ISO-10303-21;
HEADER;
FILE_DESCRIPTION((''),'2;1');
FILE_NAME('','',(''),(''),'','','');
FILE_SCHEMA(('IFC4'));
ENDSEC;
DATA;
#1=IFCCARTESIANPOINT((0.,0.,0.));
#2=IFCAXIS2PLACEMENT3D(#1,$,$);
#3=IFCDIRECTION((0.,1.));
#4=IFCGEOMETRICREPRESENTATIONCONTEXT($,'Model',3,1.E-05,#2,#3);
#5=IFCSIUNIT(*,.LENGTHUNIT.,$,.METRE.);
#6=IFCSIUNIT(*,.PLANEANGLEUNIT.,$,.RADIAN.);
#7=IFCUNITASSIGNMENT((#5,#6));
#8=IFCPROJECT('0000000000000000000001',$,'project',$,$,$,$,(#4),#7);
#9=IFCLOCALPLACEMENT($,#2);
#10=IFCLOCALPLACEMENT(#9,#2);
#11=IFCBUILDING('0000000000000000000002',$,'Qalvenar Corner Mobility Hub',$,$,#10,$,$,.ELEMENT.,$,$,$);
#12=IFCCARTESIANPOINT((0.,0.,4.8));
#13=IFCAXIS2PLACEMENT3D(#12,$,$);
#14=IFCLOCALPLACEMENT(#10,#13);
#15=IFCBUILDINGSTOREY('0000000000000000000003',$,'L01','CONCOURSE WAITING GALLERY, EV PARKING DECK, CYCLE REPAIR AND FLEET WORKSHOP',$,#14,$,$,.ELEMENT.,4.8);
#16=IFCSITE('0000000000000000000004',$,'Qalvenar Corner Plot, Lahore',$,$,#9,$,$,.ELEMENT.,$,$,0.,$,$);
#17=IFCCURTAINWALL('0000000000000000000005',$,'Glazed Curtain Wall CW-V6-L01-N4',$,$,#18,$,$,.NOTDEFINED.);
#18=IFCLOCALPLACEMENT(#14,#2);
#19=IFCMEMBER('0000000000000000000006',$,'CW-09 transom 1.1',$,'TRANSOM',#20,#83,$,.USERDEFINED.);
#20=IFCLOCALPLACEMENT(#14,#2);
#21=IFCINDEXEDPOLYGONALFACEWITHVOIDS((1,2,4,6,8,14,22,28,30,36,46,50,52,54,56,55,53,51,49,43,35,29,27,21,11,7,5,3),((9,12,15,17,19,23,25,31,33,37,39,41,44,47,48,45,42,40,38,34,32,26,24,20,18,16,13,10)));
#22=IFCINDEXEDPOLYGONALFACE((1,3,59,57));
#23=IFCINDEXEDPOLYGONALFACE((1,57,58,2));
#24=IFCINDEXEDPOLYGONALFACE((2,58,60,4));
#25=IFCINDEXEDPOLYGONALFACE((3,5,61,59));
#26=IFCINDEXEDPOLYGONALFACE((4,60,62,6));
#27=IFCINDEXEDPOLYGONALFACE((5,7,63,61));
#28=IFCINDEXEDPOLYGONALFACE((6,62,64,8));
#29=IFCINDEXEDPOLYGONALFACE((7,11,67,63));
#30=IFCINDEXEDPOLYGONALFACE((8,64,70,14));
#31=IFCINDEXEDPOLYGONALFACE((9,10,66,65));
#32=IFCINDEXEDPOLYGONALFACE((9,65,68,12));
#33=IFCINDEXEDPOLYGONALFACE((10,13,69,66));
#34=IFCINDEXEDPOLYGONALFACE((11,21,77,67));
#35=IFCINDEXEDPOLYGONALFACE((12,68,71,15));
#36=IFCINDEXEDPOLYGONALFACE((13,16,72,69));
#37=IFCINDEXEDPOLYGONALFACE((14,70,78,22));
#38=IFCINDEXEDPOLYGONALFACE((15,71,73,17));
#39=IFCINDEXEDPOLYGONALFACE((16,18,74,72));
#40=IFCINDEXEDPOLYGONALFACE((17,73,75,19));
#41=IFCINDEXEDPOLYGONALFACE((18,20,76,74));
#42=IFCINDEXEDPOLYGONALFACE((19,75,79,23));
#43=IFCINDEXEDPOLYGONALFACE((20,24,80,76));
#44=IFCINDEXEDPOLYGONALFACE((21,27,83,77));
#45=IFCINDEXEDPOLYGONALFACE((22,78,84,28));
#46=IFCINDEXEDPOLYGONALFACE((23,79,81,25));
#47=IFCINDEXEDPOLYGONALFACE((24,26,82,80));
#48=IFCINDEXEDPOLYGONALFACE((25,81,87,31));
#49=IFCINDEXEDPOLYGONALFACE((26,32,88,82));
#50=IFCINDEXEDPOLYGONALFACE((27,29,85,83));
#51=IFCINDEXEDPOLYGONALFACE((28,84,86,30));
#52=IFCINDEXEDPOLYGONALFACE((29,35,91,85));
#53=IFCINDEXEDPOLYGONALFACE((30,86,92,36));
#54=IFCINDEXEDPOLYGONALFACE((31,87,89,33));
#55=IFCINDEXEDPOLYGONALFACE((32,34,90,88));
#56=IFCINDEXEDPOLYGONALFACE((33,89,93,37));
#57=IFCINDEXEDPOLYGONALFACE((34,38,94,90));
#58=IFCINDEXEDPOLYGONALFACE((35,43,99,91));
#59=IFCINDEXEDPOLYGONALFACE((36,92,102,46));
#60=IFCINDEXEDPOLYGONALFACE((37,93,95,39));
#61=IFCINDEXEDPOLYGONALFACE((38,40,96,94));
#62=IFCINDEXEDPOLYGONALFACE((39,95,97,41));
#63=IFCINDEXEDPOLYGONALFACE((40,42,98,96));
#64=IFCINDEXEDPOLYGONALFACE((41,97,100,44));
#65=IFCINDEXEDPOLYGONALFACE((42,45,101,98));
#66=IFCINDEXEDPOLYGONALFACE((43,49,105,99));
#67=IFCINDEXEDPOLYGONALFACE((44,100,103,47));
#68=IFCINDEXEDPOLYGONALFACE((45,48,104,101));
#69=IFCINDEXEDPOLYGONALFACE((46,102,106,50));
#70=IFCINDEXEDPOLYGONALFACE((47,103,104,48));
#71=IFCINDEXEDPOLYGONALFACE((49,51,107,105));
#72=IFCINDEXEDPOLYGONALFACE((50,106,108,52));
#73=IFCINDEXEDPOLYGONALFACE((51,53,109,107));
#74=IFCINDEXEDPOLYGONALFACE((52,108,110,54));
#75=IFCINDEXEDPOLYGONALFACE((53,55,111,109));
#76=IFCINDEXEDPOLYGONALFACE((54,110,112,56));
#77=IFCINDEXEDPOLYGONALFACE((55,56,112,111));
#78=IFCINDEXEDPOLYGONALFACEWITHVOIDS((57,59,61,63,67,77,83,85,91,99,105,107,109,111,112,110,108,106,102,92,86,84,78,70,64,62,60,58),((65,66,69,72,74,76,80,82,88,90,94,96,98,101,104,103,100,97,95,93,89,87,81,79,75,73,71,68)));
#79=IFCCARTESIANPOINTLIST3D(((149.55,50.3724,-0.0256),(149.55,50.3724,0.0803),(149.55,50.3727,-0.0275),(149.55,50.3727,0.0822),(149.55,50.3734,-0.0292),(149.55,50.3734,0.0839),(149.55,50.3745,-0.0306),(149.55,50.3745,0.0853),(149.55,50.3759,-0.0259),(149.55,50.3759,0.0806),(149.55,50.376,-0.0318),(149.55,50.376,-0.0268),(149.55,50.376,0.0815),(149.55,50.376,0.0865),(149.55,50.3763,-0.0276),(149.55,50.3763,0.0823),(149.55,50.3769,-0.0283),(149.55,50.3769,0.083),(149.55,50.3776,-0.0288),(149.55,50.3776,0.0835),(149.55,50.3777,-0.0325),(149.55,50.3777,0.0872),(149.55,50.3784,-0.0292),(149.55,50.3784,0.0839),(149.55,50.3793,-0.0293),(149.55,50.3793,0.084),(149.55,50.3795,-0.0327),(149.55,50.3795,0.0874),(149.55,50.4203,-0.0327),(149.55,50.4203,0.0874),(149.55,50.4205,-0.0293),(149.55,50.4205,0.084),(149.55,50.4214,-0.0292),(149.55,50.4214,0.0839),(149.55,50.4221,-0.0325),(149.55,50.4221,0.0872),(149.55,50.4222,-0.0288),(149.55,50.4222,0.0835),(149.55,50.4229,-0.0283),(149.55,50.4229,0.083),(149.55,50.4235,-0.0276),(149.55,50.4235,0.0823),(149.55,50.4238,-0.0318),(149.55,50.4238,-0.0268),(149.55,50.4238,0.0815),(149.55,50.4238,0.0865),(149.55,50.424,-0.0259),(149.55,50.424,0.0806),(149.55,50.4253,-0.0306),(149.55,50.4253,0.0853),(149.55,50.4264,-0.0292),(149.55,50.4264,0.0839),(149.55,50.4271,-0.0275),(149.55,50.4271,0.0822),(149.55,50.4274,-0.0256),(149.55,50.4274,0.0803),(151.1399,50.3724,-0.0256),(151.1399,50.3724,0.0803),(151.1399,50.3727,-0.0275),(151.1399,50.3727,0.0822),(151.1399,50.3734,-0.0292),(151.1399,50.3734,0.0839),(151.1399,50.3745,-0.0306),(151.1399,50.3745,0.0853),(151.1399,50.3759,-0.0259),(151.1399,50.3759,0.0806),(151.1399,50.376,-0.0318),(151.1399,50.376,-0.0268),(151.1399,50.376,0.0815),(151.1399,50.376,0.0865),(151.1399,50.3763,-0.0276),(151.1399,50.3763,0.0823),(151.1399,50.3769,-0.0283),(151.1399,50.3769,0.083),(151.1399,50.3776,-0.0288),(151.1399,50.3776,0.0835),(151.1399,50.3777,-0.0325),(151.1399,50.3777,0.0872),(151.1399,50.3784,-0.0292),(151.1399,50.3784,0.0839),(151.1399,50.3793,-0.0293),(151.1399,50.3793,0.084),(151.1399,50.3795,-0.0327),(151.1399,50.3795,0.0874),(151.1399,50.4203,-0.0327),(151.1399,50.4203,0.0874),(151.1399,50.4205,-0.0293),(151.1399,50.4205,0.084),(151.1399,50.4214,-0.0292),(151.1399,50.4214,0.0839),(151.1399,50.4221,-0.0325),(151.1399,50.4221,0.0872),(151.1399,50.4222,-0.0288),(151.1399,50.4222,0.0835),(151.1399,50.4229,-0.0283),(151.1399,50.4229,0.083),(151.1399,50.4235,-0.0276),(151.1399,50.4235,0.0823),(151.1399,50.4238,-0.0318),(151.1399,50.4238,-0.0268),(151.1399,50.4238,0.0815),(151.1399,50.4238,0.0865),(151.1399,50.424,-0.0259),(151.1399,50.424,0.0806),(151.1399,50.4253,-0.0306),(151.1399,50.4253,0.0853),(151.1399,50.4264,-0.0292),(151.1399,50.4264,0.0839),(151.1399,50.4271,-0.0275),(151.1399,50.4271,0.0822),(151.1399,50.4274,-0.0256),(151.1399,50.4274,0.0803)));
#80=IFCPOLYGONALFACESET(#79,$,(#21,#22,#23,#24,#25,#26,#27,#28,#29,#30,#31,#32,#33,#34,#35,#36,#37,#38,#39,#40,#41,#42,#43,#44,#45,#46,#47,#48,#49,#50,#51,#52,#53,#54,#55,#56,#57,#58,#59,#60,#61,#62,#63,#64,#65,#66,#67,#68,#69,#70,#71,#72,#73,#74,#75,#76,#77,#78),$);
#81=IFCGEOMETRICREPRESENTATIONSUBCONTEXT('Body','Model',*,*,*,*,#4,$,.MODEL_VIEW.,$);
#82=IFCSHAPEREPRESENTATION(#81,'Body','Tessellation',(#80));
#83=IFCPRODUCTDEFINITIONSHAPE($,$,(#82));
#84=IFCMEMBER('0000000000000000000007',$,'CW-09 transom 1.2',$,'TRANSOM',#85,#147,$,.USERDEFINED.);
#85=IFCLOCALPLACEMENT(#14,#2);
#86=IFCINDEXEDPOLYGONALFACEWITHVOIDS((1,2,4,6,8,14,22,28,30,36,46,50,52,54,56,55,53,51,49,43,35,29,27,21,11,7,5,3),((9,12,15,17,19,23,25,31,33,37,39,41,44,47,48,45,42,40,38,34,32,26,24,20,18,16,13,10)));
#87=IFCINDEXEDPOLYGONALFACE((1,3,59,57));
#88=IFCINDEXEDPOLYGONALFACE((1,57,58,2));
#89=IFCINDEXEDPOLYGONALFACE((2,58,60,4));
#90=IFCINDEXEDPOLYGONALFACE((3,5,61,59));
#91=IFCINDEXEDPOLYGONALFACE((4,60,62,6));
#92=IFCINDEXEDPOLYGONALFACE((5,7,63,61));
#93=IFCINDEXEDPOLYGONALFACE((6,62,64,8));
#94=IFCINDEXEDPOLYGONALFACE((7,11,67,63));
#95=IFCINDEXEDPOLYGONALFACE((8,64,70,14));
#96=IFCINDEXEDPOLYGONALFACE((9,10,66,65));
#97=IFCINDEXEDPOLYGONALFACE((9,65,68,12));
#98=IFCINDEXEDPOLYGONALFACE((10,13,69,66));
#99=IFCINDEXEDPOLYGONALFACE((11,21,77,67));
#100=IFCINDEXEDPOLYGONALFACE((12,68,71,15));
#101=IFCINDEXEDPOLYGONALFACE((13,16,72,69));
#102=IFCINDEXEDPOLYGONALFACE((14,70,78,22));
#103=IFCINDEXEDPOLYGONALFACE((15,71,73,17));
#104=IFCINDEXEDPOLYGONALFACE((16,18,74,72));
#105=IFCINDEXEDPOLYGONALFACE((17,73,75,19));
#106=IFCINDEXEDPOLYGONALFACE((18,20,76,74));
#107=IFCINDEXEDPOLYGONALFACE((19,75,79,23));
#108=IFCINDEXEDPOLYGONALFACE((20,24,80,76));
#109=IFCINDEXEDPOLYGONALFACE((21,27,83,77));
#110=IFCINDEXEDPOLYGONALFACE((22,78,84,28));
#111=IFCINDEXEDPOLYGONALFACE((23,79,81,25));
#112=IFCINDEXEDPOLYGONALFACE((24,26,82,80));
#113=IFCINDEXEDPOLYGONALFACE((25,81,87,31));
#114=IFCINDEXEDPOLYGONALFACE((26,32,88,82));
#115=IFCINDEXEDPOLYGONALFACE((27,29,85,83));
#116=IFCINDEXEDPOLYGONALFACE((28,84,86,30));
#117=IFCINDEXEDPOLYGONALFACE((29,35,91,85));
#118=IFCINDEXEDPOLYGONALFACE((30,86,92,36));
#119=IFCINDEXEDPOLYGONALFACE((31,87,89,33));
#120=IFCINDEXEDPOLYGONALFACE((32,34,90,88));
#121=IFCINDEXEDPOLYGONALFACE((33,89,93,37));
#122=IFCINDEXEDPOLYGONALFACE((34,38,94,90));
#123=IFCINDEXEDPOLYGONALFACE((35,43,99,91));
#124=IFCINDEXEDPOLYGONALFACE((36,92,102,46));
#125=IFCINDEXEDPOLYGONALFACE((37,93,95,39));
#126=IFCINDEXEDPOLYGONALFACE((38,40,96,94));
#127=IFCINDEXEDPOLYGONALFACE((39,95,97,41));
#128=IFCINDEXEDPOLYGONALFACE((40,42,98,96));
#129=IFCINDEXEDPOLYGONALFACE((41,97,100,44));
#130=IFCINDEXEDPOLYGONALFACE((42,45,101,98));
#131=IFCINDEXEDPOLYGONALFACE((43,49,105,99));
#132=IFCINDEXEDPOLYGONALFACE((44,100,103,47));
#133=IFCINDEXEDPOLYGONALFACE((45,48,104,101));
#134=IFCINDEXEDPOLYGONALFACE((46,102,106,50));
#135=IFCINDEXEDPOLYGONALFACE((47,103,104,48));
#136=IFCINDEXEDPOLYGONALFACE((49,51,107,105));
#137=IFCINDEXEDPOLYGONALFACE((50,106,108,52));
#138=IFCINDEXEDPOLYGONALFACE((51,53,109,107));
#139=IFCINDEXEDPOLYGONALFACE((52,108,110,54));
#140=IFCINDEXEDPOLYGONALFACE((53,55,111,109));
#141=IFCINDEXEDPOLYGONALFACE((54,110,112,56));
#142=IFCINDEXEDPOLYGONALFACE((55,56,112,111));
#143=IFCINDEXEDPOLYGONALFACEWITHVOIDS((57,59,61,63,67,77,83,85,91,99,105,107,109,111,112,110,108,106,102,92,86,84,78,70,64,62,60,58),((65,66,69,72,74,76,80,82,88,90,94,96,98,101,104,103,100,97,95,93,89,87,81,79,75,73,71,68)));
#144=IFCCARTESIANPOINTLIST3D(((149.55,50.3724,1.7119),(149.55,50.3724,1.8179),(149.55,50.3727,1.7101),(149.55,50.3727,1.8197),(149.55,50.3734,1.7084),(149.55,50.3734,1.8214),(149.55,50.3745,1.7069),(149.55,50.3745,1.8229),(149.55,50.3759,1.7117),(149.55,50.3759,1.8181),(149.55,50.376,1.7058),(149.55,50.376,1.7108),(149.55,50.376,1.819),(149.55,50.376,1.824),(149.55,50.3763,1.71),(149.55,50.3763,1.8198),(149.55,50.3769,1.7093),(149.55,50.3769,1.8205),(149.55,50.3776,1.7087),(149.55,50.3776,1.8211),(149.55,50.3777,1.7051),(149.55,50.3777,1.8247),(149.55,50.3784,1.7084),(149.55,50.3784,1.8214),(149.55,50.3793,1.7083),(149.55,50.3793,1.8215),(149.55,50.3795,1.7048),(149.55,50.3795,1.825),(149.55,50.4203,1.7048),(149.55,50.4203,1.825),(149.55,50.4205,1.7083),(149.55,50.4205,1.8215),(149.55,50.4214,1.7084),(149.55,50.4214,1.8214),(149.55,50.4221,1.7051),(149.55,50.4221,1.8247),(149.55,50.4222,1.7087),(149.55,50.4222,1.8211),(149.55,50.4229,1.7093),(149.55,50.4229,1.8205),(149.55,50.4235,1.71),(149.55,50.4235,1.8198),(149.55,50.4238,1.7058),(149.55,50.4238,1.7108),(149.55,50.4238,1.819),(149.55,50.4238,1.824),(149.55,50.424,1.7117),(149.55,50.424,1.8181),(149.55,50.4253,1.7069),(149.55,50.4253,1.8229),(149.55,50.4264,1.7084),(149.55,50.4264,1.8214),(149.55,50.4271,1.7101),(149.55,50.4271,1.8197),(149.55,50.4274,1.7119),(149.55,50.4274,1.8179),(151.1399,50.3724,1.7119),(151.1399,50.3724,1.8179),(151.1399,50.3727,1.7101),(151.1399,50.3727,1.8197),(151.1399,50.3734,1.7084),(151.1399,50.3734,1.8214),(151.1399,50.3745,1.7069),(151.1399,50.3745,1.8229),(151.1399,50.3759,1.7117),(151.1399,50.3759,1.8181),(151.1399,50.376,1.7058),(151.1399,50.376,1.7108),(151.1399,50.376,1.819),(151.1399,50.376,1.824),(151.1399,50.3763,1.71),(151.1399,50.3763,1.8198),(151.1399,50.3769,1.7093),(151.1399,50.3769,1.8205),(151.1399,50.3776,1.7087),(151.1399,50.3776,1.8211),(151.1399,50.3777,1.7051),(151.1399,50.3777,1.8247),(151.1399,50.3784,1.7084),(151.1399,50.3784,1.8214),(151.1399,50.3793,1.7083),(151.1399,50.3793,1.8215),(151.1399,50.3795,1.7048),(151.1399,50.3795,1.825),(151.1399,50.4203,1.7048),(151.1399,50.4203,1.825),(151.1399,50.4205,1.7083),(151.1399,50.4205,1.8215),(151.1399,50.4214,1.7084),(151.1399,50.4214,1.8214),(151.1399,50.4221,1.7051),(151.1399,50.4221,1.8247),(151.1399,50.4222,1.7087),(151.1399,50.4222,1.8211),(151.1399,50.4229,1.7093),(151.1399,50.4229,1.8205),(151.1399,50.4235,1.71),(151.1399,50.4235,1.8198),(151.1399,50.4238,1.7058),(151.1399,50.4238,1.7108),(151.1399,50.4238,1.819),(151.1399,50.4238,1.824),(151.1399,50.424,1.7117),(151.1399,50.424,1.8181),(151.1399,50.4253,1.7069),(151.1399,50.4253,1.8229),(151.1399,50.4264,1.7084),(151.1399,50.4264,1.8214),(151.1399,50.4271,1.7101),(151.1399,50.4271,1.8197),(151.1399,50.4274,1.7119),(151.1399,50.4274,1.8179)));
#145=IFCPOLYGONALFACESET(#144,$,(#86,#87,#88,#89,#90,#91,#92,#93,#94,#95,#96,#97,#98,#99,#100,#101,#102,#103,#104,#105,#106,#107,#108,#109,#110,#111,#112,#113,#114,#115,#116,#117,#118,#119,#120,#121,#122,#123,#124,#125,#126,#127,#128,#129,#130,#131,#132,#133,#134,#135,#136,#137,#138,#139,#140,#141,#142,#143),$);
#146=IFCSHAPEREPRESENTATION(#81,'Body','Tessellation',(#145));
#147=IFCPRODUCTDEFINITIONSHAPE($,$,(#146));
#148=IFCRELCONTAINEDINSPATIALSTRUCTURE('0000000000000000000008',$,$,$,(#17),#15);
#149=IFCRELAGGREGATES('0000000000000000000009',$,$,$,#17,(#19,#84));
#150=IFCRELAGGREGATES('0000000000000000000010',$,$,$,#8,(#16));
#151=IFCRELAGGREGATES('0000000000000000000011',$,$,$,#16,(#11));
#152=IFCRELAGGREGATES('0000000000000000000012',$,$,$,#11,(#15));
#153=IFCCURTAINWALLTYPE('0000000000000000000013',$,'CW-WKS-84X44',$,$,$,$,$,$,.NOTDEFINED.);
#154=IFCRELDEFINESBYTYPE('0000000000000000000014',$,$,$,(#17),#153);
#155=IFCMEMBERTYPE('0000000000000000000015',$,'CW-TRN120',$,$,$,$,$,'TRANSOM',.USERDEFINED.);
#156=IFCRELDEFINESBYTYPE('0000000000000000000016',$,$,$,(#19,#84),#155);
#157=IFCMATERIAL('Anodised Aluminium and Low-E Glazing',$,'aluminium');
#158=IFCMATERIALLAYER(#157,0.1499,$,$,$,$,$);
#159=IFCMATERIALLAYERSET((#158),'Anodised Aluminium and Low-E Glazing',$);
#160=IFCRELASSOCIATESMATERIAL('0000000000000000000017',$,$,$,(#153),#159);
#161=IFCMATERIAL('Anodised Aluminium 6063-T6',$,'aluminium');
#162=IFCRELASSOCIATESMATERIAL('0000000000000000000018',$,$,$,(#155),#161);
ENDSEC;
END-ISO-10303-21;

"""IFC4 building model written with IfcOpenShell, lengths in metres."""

from ifc_helpers import new_model, si_unit, direction, frame, origin, origin_2d, place, context, subcontext, project, spatial, hollow_rectangle, extrude, material, layer, layer_set, material_profile, profile_set, type_object, element, aggregate, save


model = new_model("IFC4")

# Units and contexts
model_context = context("Model", 3, precision=1e-05, world=origin(), true_north=direction((0.0, 1.0)))
body_context = subcontext(model_context, "Body", "Model", "MODEL_VIEW")
ifc_project = project(units=[si_unit("LENGTHUNIT", "METRE"), si_unit("PLANEANGLEUNIT", "RADIAN")], contexts=[model_context])

# Site, building, storey
site_placement = place(None, origin())
site = spatial("IfcSite", under=ifc_project, at=site_placement, Name="Qalvenar Corner Plot, Lahore", CompositionType="ELEMENT", RefElevation=0.0)
building_placement = place(site_placement, origin())
building = spatial("IfcBuilding", under=site, at=building_placement, Name="Qalvenar Corner Mobility Hub", CompositionType="ELEMENT")
storey_placement = place(building_placement, frame((0.0, 0.0, 4.8)))
storey = spatial("IfcBuildingStorey", under=building, at=storey_placement, Name="L01", Description="CONCOURSE WAITING GALLERY, EV PARKING DECK, CYCLE REPAIR AND FLEET WORKSHOP", CompositionType="ELEMENT", Elevation=4.8)

# Curtain wall, members
ifc_material_1 = material(Name="Anodised Aluminium and Low-E Glazing", Category="aluminium")
ifc_layer_1 = layer(ifc_material_1, 0.1499)
ifc_layer_set_1 = layer_set([ifc_layer_1], Name="Anodised Aluminium and Low-E Glazing")
curtain_wall_type = type_object("IfcCurtainWallType", Name="CW-WKS-84X44", PredefinedType="NOTDEFINED", material=ifc_layer_set_1)
curtain_wall_placement = place(storey_placement, origin())
curtain_wall = element("IfcCurtainWall", 1, at=curtain_wall_placement, inside=storey, type_object=curtain_wall_type, Name="Glazed Curtain Wall CW-V6-L01-N4", PredefinedType="NOTDEFINED")
ifc_material_2 = material(Name="Anodised Aluminium 6063-T6", Category="aluminium")
ifc_material_profile_1 = material_profile(ifc_material_2, hollow_rectangle(XDim=0.0549, YDim=0.1201, WallThickness=0.0034, InnerFilletRadius=0.0034, OuterFilletRadius=0.0071, at=origin_2d()), Name="RHS120x55x3.5")
ifc_profile_set_1 = profile_set([ifc_material_profile_1], Name="Anodised Aluminium 6063-T6")
member_type_1 = type_object("IfcMemberType", Name="CW-TRN120", ElementType="TRANSOM", PredefinedType="USERDEFINED", material=ifc_profile_set_1)
member_1_placement = place(storey_placement, frame((151.1399, 50.3999, 0.0273), z_axis=(-1.0, 0.0, 0.0), x_axis=(0.0, -1.0, 0.0)))
member_1 = element("IfcMember", 2, at=member_1_placement, type_object=member_type_1, Name="CW-09 transom 1.1", ObjectType="TRANSOM", PredefinedType="USERDEFINED", context=body_context, shape_type="SweptSolid", body=[
    extrude(hollow_rectangle(XDim=0.0549, YDim=0.1201, WallThickness=0.0034, InnerFilletRadius=0.0034, OuterFilletRadius=0.0071, at=origin_2d()), origin(), (0.0, 0.0, 1.0), 1.5898),
])
member_2_placement = place(storey_placement, frame((151.1399, 50.3999, 1.7649), z_axis=(-1.0, 0.0, 0.0), x_axis=(0.0, -1.0, 0.0)))
member_2 = element("IfcMember", 3, at=member_2_placement, type_object=member_type_1, Name="CW-09 transom 1.2", ObjectType="TRANSOM", PredefinedType="USERDEFINED", context=body_context, shape_type="SweptSolid", body=[
    extrude(hollow_rectangle(XDim=0.0549, YDim=0.1201, WallThickness=0.0034, InnerFilletRadius=0.0034, OuterFilletRadius=0.0071, at=origin_2d()), origin(), (0.0, 0.0, 1.0), 1.5898),
])
aggregate(curtain_wall, [member_1, member_2])

save(model, "model.ifc")
